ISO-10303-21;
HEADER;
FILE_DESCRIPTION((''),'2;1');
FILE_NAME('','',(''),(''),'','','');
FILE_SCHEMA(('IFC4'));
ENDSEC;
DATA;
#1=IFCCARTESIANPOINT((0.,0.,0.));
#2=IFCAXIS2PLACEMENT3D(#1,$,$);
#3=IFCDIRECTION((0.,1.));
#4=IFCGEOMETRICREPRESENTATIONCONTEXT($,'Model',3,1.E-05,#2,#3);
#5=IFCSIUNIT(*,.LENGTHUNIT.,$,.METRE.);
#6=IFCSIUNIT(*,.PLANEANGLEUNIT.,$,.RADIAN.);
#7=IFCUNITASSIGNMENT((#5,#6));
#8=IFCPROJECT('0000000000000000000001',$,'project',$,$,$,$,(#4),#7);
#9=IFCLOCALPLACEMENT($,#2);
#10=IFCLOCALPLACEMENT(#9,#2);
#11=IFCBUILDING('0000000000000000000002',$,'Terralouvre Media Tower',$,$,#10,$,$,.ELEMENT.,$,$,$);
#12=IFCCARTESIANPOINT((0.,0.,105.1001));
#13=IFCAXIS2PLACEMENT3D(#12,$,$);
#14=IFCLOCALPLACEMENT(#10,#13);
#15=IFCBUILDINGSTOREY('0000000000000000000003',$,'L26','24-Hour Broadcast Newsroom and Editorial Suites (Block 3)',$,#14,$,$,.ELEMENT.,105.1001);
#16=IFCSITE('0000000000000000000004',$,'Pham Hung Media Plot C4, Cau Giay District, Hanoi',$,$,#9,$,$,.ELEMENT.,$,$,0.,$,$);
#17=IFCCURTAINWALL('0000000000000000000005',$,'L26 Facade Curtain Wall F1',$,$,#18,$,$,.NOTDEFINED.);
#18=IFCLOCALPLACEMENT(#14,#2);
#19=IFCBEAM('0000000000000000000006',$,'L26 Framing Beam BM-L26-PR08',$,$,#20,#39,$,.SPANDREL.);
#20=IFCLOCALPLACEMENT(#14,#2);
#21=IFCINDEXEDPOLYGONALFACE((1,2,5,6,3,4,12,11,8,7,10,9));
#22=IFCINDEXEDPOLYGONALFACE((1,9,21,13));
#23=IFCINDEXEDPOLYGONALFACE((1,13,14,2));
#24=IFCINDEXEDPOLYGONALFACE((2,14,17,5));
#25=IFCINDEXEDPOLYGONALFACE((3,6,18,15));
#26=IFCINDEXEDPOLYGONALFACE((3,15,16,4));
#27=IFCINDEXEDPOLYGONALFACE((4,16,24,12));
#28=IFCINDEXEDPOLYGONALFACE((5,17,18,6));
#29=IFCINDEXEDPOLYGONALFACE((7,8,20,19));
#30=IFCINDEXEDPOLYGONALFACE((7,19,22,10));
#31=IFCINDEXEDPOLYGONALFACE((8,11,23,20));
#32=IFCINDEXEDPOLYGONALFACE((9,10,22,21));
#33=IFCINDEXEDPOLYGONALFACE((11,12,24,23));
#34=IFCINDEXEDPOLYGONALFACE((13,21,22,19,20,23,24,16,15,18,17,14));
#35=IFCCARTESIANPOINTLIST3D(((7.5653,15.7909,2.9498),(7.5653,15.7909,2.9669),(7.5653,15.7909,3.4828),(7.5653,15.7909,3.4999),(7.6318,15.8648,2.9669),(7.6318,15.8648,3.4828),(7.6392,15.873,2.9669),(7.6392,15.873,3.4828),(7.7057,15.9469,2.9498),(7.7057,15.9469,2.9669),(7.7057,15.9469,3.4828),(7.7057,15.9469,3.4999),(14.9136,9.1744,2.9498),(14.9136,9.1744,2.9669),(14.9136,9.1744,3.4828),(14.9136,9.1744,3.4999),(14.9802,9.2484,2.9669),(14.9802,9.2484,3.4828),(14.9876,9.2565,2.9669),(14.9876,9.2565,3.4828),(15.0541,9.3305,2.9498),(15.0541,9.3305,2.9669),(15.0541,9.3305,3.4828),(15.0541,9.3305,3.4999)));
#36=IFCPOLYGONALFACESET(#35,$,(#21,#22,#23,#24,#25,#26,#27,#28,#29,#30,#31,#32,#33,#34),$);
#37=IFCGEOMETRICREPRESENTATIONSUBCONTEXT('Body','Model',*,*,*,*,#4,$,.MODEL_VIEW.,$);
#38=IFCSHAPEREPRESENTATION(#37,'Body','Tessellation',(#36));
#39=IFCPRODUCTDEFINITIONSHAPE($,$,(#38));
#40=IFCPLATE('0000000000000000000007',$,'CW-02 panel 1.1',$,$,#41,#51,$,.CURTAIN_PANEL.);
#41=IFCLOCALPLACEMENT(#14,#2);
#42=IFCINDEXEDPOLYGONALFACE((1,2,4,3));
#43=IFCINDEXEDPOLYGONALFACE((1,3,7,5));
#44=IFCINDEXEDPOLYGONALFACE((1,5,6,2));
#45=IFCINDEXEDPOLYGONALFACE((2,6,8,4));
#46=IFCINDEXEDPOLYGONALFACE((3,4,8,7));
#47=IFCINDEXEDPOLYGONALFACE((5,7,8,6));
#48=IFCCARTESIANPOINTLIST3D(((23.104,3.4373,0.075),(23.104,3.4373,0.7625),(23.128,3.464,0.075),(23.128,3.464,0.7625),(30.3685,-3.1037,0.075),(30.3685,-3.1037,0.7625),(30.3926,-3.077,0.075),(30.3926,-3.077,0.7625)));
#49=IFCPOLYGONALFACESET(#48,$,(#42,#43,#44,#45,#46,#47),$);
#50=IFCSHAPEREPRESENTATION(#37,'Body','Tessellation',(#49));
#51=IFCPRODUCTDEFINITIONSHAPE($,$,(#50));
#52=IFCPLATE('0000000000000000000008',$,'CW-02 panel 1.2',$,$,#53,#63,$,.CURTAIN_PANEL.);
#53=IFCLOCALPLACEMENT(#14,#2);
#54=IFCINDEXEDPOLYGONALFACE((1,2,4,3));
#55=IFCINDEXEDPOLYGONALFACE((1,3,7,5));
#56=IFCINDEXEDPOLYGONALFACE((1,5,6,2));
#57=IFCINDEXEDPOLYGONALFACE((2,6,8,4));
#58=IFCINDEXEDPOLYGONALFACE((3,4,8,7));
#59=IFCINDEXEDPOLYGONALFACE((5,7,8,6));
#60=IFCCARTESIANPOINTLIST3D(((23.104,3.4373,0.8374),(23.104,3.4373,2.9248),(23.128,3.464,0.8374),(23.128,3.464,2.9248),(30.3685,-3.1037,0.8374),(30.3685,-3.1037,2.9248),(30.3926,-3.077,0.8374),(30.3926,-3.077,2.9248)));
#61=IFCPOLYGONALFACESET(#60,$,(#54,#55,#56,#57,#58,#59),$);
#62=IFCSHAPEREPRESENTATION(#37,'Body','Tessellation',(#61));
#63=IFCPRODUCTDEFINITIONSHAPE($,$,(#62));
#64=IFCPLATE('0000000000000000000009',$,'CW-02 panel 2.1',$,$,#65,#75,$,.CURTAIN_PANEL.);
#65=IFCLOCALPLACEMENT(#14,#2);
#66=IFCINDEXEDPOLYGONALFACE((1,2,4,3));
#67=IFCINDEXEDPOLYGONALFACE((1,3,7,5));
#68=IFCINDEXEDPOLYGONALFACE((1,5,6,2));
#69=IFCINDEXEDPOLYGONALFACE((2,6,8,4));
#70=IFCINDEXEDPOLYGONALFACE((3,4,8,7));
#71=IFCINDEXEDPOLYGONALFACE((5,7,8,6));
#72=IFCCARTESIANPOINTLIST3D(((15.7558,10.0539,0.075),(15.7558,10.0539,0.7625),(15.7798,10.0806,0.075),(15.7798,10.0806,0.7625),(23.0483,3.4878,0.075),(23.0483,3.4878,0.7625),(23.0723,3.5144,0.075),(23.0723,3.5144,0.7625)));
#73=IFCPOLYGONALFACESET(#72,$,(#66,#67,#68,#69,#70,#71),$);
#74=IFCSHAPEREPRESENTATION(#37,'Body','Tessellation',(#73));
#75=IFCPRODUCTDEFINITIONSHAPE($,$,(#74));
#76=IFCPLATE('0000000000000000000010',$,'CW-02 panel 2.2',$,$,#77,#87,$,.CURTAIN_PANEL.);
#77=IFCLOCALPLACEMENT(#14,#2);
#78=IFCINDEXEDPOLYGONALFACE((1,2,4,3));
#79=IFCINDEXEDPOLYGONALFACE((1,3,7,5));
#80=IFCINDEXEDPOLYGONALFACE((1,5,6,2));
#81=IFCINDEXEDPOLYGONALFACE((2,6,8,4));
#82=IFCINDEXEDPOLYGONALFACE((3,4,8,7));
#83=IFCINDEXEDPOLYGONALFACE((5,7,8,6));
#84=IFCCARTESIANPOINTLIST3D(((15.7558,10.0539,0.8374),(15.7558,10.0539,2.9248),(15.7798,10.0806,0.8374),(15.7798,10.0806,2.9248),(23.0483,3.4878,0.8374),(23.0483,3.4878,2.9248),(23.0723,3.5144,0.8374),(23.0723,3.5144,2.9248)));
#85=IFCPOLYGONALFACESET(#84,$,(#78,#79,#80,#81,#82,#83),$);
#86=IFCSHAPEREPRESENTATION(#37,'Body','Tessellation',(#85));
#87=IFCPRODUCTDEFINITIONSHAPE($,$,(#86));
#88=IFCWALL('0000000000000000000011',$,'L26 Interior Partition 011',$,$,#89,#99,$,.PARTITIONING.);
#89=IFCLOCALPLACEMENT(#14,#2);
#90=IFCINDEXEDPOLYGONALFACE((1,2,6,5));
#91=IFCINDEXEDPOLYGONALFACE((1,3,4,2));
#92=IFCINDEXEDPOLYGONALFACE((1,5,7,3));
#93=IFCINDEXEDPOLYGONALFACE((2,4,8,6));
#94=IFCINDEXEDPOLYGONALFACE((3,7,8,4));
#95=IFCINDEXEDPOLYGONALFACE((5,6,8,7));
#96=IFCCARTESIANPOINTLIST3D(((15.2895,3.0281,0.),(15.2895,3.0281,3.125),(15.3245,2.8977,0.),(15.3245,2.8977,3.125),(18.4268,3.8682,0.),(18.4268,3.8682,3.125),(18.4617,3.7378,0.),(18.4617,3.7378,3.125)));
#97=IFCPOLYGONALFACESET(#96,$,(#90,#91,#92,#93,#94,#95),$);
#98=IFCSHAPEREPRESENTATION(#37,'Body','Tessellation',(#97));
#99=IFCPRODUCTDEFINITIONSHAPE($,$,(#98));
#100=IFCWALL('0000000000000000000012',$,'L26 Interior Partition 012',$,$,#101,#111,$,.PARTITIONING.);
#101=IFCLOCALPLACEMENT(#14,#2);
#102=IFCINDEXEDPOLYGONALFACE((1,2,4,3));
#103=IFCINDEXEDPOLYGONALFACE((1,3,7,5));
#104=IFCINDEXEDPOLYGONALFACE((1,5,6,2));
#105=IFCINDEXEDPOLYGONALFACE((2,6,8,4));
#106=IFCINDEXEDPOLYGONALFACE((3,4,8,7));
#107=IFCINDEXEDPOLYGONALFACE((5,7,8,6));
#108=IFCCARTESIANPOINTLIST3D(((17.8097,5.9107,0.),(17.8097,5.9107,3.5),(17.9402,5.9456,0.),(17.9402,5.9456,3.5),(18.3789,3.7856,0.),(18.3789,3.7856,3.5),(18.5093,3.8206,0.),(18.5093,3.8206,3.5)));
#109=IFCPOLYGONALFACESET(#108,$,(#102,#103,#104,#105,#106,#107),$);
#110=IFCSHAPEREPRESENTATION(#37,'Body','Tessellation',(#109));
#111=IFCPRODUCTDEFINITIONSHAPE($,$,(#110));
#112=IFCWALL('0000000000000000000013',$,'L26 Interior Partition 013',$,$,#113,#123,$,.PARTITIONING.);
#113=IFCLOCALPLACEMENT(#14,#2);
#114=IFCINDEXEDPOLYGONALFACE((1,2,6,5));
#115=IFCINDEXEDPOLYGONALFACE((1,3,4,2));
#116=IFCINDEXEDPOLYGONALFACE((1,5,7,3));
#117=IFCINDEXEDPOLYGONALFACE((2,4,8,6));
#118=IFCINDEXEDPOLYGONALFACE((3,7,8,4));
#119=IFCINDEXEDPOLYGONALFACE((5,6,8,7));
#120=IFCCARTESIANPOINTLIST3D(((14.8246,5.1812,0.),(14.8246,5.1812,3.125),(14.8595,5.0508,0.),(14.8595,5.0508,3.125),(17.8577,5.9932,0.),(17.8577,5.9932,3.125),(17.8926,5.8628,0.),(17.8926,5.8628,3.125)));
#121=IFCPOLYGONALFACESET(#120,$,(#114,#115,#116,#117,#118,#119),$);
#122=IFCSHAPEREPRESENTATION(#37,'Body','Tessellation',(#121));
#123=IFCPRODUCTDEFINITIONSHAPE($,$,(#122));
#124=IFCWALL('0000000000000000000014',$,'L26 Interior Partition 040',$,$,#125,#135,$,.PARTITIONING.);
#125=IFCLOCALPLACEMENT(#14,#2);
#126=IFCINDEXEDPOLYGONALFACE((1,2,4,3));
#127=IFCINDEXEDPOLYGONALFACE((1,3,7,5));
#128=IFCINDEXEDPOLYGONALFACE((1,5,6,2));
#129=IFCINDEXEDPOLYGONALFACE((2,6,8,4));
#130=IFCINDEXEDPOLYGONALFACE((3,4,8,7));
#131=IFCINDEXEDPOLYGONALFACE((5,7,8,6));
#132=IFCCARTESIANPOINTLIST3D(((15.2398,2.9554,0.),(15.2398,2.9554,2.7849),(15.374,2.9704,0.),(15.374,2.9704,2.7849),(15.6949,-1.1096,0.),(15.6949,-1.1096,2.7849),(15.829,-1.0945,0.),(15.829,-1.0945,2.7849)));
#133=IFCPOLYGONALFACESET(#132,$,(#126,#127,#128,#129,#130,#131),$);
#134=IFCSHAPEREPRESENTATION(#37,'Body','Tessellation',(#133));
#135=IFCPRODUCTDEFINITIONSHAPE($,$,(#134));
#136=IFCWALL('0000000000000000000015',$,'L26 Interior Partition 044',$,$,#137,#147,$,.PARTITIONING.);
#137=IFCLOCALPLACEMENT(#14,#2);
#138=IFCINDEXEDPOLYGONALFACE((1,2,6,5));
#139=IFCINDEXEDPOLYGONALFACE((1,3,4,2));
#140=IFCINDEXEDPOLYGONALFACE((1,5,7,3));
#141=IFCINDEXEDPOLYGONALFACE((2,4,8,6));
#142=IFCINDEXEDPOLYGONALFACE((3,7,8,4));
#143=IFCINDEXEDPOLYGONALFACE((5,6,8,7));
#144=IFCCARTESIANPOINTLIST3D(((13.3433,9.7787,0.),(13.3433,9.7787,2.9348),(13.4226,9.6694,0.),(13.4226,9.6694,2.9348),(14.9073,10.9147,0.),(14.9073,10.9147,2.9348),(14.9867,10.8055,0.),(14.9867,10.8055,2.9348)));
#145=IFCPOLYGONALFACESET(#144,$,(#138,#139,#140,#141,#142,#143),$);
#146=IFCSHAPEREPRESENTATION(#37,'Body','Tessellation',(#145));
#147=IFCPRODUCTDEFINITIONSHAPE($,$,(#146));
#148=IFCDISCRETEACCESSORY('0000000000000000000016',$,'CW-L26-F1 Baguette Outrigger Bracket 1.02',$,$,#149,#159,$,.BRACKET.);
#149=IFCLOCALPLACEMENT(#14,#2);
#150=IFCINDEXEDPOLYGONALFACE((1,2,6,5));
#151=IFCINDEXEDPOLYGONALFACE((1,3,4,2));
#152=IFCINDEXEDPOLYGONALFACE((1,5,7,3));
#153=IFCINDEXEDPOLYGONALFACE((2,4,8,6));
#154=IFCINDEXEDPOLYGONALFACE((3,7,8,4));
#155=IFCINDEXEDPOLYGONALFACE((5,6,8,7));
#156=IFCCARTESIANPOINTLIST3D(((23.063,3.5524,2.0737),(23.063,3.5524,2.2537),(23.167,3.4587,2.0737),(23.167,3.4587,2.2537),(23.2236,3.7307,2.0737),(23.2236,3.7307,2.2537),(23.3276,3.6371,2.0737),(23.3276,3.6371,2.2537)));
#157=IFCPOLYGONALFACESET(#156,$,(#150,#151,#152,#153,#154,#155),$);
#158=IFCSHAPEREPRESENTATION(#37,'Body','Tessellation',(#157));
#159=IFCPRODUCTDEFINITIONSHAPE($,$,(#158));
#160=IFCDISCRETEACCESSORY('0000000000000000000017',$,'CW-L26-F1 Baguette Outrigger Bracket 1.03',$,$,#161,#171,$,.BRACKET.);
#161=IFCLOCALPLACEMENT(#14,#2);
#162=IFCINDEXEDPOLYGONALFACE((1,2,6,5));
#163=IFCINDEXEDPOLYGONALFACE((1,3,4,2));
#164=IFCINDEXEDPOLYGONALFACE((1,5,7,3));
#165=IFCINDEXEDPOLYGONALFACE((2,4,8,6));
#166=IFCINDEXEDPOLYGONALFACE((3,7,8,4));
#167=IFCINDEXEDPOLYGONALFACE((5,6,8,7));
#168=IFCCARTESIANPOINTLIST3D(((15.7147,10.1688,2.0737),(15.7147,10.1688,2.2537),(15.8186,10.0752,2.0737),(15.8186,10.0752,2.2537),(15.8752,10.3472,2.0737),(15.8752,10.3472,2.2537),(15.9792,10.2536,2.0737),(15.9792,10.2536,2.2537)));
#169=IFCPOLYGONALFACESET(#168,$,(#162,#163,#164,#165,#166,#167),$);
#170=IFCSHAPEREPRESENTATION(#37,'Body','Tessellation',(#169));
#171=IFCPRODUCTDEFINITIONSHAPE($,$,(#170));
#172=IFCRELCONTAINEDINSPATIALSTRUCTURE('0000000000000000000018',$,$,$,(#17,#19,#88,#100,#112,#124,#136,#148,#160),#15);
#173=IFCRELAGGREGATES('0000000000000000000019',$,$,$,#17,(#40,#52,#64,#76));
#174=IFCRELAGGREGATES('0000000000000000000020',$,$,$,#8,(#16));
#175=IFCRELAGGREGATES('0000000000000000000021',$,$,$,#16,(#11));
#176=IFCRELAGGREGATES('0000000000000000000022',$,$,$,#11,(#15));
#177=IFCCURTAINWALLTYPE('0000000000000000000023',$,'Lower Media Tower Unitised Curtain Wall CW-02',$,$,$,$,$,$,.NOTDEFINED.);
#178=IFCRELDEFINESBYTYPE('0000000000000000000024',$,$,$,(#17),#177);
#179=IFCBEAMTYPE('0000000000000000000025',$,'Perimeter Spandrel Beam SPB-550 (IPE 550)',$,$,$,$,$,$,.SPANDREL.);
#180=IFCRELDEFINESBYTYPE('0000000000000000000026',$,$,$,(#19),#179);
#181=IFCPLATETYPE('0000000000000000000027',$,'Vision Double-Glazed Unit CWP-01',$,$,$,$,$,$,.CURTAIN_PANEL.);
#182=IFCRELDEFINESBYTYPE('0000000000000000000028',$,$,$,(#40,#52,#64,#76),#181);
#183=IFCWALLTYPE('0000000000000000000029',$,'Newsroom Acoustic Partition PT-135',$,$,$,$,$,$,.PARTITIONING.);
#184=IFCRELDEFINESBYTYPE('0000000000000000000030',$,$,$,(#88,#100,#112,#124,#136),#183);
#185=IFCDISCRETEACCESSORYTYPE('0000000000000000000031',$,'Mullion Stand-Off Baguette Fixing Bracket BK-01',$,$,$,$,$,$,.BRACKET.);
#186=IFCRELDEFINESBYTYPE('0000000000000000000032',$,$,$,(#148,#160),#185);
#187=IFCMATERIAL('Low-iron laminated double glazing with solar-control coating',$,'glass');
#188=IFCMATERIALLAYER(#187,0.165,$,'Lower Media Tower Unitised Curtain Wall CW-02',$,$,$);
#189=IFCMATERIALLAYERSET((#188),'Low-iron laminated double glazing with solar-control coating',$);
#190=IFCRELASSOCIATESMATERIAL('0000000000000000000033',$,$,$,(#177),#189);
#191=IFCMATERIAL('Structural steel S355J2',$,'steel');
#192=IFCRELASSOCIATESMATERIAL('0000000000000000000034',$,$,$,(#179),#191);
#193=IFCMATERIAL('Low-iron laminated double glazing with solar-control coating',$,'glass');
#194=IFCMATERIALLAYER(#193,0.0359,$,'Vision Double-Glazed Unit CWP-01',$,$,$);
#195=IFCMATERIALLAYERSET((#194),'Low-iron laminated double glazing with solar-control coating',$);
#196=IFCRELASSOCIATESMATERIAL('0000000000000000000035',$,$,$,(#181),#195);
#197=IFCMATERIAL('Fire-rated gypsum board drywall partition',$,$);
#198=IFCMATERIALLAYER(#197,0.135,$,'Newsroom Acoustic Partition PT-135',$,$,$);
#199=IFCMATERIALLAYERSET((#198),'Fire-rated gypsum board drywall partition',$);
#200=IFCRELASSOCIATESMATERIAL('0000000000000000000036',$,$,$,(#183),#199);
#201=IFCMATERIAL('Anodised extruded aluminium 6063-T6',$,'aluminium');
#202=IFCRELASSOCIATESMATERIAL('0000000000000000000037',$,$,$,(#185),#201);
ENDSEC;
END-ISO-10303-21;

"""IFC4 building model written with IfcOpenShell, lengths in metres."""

from ifc_helpers import new_model, si_unit, direction, frame, frame_2d, origin, origin_2d, place, context, subcontext, project, spatial, rectangle, i_section, extrude, material, layer, layer_set, material_profile, profile_set, type_object, element, aggregate, save


model = new_model("IFC4")

# Units and contexts
model_context = context("Model", 3, precision=1e-05, world=origin(), true_north=direction((0.0, 1.0)))
body_context = subcontext(model_context, "Body", "Model", "MODEL_VIEW")
ifc_project = project(units=[si_unit("LENGTHUNIT", "METRE"), si_unit("PLANEANGLEUNIT", "RADIAN")], contexts=[model_context])

# Site, building, storey
site_placement = place(None, origin())
site = spatial("IfcSite", under=ifc_project, at=site_placement, Name="Pham Hung Media Plot C4, Cau Giay District, Hanoi", CompositionType="ELEMENT", RefElevation=0.0)
building_placement = place(site_placement, origin())
building = spatial("IfcBuilding", under=site, at=building_placement, Name="Terralouvre Media Tower", CompositionType="ELEMENT")
storey_placement = place(building_placement, frame((0.0, 0.0, 105.1001)))
storey = spatial("IfcBuildingStorey", under=building, at=storey_placement, Name="L26", Description="24-Hour Broadcast Newsroom and Editorial Suites (Block 3)", CompositionType="ELEMENT", Elevation=105.1001)

# Curtain wall
ifc_material_1 = material(Name="Low-iron laminated double glazing with solar-control coating", Category="glass")
ifc_layer_1 = layer(ifc_material_1, 0.165, Name="Lower Media Tower Unitised Curtain Wall CW-02")
ifc_layer_set_1 = layer_set([ifc_layer_1], Name="Low-iron laminated double glazing with solar-control coating")
curtain_wall_type = type_object("IfcCurtainWallType", Name="Lower Media Tower Unitised Curtain Wall CW-02", PredefinedType="NOTDEFINED", material=ifc_layer_set_1)
curtain_wall_placement = place(storey_placement, origin())
curtain_wall = element("IfcCurtainWall", 1, at=curtain_wall_placement, inside=storey, type_object=curtain_wall_type, Name="L26 Facade Curtain Wall F1", PredefinedType="NOTDEFINED")

# Beam
ifc_material_2 = material(Name="Structural steel S355J2", Category="steel")
ifc_material_profile_1 = material_profile(ifc_material_2, i_section(OverallWidth=0.21, OverallDepth=0.55, WebThickness=0.011, FlangeThickness=0.0171, at=origin_2d()), Name="IPE 550")
ifc_profile_set_1 = profile_set([ifc_material_profile_1], Name="Structural steel S355J2")
beam_type_1 = type_object("IfcBeamType", Name="Perimeter Spandrel Beam SPB-550 (IPE 550)", PredefinedType="SPANDREL", material=ifc_profile_set_1)
beam_1_placement = place(storey_placement, frame((14.9839, 9.2524, 3.2249), z_axis=(-0.743148, 0.669127, 0.0), x_axis=(-0.669127, -0.743148, 0.0)))
element("IfcBeam", 2, at=beam_1_placement, inside=storey, type_object=beam_type_1, Name="L26 Framing Beam BM-L26-PR08", PredefinedType="SPANDREL", context=body_context, shape_type="SweptSolid", body=[
    extrude(i_section(OverallWidth=0.21, OverallDepth=0.55, WebThickness=0.011, FlangeThickness=0.0171, at=origin_2d()), origin(), (0.0, 0.0, 1.0), 9.8882),
])

# Plates
ifc_material_3 = material(Name="Low-iron laminated double glazing with solar-control coating", Category="glass")
ifc_layer_2 = layer(ifc_material_3, 0.0359, Name="Vision Double-Glazed Unit CWP-01")
ifc_layer_set_2 = layer_set([ifc_layer_2], Name="Low-iron laminated double glazing with solar-control coating")
plate_type = type_object("IfcPlateType", Name="Vision Double-Glazed Unit CWP-01", PredefinedType="CURTAIN_PANEL", material=ifc_layer_set_2)
plate_1_placement = place(storey_placement, frame((26.7483, 0.1802, 0.075), z_axis=(0.0, 0.0, 1.0), x_axis=(-0.743145, 0.669131, 0.0)))
plate_1 = element("IfcPlate", 3, at=plate_1_placement, type_object=plate_type, Name="CW-02 panel 1.1", PredefinedType="CURTAIN_PANEL", context=body_context, shape_type="SweptSolid", body=[
    extrude(rectangle(XDim=9.7754, YDim=0.0359, at=origin_2d()), origin(), (0.0, 0.0, 1.0), 0.6875),
])
plate_2_placement = place(storey_placement, frame((26.7483, 0.1802, 0.8374), z_axis=(0.0, 0.0, 1.0), x_axis=(-0.743145, 0.669131, 0.0)))
plate_2 = element("IfcPlate", 4, at=plate_2_placement, type_object=plate_type, Name="CW-02 panel 1.2", PredefinedType="CURTAIN_PANEL", context=body_context, shape_type="SweptSolid", body=[
    extrude(rectangle(XDim=9.7754, YDim=0.0359, at=origin_2d()), origin(), (0.0, 0.0, 1.0), 2.0874),
])
plate_3_placement = place(storey_placement, frame((19.4141, 6.7842, 0.075), z_axis=(0.0, 0.0, 1.0), x_axis=(-0.743145, 0.669131, 0.0)))
plate_3 = element("IfcPlate", 5, at=plate_3_placement, type_object=plate_type, Name="CW-02 panel 2.1", PredefinedType="CURTAIN_PANEL", context=body_context, shape_type="SweptSolid", body=[
    extrude(rectangle(XDim=9.813, YDim=0.0359, at=origin_2d()), origin(), (0.0, 0.0, 1.0), 0.6875),
])
plate_4_placement = place(storey_placement, frame((19.4141, 6.7842, 0.8374), z_axis=(0.0, 0.0, 1.0), x_axis=(-0.743145, 0.669131, 0.0)))
plate_4 = element("IfcPlate", 6, at=plate_4_placement, type_object=plate_type, Name="CW-02 panel 2.2", PredefinedType="CURTAIN_PANEL", context=body_context, shape_type="SweptSolid", body=[
    extrude(rectangle(XDim=9.813, YDim=0.0359, at=origin_2d()), origin(), (0.0, 0.0, 1.0), 2.0874),
])
aggregate(curtain_wall, [plate_1, plate_2, plate_3, plate_4])

# Walls
ifc_material_4 = material(Name="Fire-rated gypsum board drywall partition")
ifc_layer_3 = layer(ifc_material_4, 0.135, Name="Newsroom Acoustic Partition PT-135")
ifc_layer_set_3 = layer_set([ifc_layer_3], Name="Fire-rated gypsum board drywall partition")
wall_type = type_object("IfcWallType", Name="Newsroom Acoustic Partition PT-135", PredefinedType="PARTITIONING", material=ifc_layer_set_3)
wall_1_placement = place(storey_placement, frame((15.3069, 2.9629, 0.0), z_axis=(0.0, 0.0, 1.0), x_axis=(0.965966, 0.258668, 0.0)))
element("IfcWall", 7, at=wall_1_placement, inside=storey, type_object=wall_type, Name="L26 Interior Partition 011", PredefinedType="PARTITIONING", context=body_context, shape_type="SweptSolid", body=[
    extrude(rectangle(XDim=3.2478, YDim=0.135, at=frame_2d((1.624, 0.0))), origin(), (0.0, 0.0, 1.0), 3.125),
])
wall_2_placement = place(storey_placement, frame((18.4441, 3.803, 0.0), z_axis=(0.0, 0.0, 1.0), x_axis=(-0.258692, 0.96596, 0.0)))
element("IfcWall", 8, at=wall_2_placement, inside=storey, type_object=wall_type, Name="L26 Interior Partition 012", PredefinedType="PARTITIONING", context=body_context, shape_type="SweptSolid", body=[
    extrude(rectangle(XDim=2.2, YDim=0.135, at=frame_2d((1.1001, 0.0))), origin(), (0.0, 0.0, 1.0), 3.5),
])
wall_3_placement = place(storey_placement, frame((17.875, 5.928, 0.0), z_axis=(0.0, 0.0, 1.0), x_axis=(-0.965979, -0.258621, 0.0)))
element("IfcWall", 9, at=wall_3_placement, inside=storey, type_object=wall_type, Name="L26 Interior Partition 013", PredefinedType="PARTITIONING", context=body_context, shape_type="SweptSolid", body=[
    extrude(rectangle(XDim=3.1399, YDim=0.135, at=frame_2d((1.5698, 0.0))), origin(), (0.0, 0.0, 1.0), 3.125),
])
wall_4_placement = place(storey_placement, frame((15.3069, 2.9629, 0.0), z_axis=(0.0, 0.0, 1.0), x_axis=(0.111257, -0.993792, 0.0)))
element("IfcWall", 10, at=wall_4_placement, inside=storey, type_object=wall_type, Name="L26 Interior Partition 040", PredefinedType="PARTITIONING", context=body_context, shape_type="SweptSolid", body=[
    extrude(rectangle(XDim=4.0903, YDim=0.135, at=frame_2d((2.0452, 0.0))), origin(), (0.0, 0.0, 1.0), 2.7849),
])
wall_5_placement = place(storey_placement, frame((14.947, 10.8601, 0.0), z_axis=(0.0, 0.0, 1.0), x_axis=(-0.809091, -0.587683, 0.0)))
element("IfcWall", 11, at=wall_5_placement, inside=storey, type_object=wall_type, Name="L26 Interior Partition 044", PredefinedType="PARTITIONING", context=body_context, shape_type="SweptSolid", body=[
    extrude(rectangle(XDim=1.9331, YDim=0.135, at=frame_2d((0.9666, 0.0))), origin(), (0.0, 0.0, 1.0), 2.9348),
])

# Discrete accessories
ifc_material_5 = material(Name="Anodised extruded aluminium 6063-T6", Category="aluminium")
discrete_accessory_type = type_object("IfcDiscreteAccessoryType", Name="Mullion Stand-Off Baguette Fixing Bracket BK-01", PredefinedType="BRACKET", material=ifc_material_5)
for number, where, z_axis, x_axis, name in (
    (12, (23.1953, 3.5947, 2.0737), (0.0, 0.0, 1.0), (-0.743145, 0.669131, 0.0), "CW-L26-F1 Baguette Outrigger Bracket 1.02"),
    (13, (15.8469, 10.2112, 2.0737), (0.0, 0.0, 1.0), (-0.743145, 0.669131, 0.0), "CW-L26-F1 Baguette Outrigger Bracket 1.03"),
):
    element("IfcDiscreteAccessory", number, at=place(storey_placement, frame(where, z_axis=z_axis, x_axis=x_axis)), inside=storey, type_object=discrete_accessory_type, Name=name, PredefinedType="BRACKET", context=body_context, shape_type="SweptSolid", body=[
        extrude(rectangle(XDim=0.1399, YDim=0.24, at=origin_2d()), origin(), (0.0, 0.0, 1.0), 0.1799),
    ])

save(model, "model.ifc")
